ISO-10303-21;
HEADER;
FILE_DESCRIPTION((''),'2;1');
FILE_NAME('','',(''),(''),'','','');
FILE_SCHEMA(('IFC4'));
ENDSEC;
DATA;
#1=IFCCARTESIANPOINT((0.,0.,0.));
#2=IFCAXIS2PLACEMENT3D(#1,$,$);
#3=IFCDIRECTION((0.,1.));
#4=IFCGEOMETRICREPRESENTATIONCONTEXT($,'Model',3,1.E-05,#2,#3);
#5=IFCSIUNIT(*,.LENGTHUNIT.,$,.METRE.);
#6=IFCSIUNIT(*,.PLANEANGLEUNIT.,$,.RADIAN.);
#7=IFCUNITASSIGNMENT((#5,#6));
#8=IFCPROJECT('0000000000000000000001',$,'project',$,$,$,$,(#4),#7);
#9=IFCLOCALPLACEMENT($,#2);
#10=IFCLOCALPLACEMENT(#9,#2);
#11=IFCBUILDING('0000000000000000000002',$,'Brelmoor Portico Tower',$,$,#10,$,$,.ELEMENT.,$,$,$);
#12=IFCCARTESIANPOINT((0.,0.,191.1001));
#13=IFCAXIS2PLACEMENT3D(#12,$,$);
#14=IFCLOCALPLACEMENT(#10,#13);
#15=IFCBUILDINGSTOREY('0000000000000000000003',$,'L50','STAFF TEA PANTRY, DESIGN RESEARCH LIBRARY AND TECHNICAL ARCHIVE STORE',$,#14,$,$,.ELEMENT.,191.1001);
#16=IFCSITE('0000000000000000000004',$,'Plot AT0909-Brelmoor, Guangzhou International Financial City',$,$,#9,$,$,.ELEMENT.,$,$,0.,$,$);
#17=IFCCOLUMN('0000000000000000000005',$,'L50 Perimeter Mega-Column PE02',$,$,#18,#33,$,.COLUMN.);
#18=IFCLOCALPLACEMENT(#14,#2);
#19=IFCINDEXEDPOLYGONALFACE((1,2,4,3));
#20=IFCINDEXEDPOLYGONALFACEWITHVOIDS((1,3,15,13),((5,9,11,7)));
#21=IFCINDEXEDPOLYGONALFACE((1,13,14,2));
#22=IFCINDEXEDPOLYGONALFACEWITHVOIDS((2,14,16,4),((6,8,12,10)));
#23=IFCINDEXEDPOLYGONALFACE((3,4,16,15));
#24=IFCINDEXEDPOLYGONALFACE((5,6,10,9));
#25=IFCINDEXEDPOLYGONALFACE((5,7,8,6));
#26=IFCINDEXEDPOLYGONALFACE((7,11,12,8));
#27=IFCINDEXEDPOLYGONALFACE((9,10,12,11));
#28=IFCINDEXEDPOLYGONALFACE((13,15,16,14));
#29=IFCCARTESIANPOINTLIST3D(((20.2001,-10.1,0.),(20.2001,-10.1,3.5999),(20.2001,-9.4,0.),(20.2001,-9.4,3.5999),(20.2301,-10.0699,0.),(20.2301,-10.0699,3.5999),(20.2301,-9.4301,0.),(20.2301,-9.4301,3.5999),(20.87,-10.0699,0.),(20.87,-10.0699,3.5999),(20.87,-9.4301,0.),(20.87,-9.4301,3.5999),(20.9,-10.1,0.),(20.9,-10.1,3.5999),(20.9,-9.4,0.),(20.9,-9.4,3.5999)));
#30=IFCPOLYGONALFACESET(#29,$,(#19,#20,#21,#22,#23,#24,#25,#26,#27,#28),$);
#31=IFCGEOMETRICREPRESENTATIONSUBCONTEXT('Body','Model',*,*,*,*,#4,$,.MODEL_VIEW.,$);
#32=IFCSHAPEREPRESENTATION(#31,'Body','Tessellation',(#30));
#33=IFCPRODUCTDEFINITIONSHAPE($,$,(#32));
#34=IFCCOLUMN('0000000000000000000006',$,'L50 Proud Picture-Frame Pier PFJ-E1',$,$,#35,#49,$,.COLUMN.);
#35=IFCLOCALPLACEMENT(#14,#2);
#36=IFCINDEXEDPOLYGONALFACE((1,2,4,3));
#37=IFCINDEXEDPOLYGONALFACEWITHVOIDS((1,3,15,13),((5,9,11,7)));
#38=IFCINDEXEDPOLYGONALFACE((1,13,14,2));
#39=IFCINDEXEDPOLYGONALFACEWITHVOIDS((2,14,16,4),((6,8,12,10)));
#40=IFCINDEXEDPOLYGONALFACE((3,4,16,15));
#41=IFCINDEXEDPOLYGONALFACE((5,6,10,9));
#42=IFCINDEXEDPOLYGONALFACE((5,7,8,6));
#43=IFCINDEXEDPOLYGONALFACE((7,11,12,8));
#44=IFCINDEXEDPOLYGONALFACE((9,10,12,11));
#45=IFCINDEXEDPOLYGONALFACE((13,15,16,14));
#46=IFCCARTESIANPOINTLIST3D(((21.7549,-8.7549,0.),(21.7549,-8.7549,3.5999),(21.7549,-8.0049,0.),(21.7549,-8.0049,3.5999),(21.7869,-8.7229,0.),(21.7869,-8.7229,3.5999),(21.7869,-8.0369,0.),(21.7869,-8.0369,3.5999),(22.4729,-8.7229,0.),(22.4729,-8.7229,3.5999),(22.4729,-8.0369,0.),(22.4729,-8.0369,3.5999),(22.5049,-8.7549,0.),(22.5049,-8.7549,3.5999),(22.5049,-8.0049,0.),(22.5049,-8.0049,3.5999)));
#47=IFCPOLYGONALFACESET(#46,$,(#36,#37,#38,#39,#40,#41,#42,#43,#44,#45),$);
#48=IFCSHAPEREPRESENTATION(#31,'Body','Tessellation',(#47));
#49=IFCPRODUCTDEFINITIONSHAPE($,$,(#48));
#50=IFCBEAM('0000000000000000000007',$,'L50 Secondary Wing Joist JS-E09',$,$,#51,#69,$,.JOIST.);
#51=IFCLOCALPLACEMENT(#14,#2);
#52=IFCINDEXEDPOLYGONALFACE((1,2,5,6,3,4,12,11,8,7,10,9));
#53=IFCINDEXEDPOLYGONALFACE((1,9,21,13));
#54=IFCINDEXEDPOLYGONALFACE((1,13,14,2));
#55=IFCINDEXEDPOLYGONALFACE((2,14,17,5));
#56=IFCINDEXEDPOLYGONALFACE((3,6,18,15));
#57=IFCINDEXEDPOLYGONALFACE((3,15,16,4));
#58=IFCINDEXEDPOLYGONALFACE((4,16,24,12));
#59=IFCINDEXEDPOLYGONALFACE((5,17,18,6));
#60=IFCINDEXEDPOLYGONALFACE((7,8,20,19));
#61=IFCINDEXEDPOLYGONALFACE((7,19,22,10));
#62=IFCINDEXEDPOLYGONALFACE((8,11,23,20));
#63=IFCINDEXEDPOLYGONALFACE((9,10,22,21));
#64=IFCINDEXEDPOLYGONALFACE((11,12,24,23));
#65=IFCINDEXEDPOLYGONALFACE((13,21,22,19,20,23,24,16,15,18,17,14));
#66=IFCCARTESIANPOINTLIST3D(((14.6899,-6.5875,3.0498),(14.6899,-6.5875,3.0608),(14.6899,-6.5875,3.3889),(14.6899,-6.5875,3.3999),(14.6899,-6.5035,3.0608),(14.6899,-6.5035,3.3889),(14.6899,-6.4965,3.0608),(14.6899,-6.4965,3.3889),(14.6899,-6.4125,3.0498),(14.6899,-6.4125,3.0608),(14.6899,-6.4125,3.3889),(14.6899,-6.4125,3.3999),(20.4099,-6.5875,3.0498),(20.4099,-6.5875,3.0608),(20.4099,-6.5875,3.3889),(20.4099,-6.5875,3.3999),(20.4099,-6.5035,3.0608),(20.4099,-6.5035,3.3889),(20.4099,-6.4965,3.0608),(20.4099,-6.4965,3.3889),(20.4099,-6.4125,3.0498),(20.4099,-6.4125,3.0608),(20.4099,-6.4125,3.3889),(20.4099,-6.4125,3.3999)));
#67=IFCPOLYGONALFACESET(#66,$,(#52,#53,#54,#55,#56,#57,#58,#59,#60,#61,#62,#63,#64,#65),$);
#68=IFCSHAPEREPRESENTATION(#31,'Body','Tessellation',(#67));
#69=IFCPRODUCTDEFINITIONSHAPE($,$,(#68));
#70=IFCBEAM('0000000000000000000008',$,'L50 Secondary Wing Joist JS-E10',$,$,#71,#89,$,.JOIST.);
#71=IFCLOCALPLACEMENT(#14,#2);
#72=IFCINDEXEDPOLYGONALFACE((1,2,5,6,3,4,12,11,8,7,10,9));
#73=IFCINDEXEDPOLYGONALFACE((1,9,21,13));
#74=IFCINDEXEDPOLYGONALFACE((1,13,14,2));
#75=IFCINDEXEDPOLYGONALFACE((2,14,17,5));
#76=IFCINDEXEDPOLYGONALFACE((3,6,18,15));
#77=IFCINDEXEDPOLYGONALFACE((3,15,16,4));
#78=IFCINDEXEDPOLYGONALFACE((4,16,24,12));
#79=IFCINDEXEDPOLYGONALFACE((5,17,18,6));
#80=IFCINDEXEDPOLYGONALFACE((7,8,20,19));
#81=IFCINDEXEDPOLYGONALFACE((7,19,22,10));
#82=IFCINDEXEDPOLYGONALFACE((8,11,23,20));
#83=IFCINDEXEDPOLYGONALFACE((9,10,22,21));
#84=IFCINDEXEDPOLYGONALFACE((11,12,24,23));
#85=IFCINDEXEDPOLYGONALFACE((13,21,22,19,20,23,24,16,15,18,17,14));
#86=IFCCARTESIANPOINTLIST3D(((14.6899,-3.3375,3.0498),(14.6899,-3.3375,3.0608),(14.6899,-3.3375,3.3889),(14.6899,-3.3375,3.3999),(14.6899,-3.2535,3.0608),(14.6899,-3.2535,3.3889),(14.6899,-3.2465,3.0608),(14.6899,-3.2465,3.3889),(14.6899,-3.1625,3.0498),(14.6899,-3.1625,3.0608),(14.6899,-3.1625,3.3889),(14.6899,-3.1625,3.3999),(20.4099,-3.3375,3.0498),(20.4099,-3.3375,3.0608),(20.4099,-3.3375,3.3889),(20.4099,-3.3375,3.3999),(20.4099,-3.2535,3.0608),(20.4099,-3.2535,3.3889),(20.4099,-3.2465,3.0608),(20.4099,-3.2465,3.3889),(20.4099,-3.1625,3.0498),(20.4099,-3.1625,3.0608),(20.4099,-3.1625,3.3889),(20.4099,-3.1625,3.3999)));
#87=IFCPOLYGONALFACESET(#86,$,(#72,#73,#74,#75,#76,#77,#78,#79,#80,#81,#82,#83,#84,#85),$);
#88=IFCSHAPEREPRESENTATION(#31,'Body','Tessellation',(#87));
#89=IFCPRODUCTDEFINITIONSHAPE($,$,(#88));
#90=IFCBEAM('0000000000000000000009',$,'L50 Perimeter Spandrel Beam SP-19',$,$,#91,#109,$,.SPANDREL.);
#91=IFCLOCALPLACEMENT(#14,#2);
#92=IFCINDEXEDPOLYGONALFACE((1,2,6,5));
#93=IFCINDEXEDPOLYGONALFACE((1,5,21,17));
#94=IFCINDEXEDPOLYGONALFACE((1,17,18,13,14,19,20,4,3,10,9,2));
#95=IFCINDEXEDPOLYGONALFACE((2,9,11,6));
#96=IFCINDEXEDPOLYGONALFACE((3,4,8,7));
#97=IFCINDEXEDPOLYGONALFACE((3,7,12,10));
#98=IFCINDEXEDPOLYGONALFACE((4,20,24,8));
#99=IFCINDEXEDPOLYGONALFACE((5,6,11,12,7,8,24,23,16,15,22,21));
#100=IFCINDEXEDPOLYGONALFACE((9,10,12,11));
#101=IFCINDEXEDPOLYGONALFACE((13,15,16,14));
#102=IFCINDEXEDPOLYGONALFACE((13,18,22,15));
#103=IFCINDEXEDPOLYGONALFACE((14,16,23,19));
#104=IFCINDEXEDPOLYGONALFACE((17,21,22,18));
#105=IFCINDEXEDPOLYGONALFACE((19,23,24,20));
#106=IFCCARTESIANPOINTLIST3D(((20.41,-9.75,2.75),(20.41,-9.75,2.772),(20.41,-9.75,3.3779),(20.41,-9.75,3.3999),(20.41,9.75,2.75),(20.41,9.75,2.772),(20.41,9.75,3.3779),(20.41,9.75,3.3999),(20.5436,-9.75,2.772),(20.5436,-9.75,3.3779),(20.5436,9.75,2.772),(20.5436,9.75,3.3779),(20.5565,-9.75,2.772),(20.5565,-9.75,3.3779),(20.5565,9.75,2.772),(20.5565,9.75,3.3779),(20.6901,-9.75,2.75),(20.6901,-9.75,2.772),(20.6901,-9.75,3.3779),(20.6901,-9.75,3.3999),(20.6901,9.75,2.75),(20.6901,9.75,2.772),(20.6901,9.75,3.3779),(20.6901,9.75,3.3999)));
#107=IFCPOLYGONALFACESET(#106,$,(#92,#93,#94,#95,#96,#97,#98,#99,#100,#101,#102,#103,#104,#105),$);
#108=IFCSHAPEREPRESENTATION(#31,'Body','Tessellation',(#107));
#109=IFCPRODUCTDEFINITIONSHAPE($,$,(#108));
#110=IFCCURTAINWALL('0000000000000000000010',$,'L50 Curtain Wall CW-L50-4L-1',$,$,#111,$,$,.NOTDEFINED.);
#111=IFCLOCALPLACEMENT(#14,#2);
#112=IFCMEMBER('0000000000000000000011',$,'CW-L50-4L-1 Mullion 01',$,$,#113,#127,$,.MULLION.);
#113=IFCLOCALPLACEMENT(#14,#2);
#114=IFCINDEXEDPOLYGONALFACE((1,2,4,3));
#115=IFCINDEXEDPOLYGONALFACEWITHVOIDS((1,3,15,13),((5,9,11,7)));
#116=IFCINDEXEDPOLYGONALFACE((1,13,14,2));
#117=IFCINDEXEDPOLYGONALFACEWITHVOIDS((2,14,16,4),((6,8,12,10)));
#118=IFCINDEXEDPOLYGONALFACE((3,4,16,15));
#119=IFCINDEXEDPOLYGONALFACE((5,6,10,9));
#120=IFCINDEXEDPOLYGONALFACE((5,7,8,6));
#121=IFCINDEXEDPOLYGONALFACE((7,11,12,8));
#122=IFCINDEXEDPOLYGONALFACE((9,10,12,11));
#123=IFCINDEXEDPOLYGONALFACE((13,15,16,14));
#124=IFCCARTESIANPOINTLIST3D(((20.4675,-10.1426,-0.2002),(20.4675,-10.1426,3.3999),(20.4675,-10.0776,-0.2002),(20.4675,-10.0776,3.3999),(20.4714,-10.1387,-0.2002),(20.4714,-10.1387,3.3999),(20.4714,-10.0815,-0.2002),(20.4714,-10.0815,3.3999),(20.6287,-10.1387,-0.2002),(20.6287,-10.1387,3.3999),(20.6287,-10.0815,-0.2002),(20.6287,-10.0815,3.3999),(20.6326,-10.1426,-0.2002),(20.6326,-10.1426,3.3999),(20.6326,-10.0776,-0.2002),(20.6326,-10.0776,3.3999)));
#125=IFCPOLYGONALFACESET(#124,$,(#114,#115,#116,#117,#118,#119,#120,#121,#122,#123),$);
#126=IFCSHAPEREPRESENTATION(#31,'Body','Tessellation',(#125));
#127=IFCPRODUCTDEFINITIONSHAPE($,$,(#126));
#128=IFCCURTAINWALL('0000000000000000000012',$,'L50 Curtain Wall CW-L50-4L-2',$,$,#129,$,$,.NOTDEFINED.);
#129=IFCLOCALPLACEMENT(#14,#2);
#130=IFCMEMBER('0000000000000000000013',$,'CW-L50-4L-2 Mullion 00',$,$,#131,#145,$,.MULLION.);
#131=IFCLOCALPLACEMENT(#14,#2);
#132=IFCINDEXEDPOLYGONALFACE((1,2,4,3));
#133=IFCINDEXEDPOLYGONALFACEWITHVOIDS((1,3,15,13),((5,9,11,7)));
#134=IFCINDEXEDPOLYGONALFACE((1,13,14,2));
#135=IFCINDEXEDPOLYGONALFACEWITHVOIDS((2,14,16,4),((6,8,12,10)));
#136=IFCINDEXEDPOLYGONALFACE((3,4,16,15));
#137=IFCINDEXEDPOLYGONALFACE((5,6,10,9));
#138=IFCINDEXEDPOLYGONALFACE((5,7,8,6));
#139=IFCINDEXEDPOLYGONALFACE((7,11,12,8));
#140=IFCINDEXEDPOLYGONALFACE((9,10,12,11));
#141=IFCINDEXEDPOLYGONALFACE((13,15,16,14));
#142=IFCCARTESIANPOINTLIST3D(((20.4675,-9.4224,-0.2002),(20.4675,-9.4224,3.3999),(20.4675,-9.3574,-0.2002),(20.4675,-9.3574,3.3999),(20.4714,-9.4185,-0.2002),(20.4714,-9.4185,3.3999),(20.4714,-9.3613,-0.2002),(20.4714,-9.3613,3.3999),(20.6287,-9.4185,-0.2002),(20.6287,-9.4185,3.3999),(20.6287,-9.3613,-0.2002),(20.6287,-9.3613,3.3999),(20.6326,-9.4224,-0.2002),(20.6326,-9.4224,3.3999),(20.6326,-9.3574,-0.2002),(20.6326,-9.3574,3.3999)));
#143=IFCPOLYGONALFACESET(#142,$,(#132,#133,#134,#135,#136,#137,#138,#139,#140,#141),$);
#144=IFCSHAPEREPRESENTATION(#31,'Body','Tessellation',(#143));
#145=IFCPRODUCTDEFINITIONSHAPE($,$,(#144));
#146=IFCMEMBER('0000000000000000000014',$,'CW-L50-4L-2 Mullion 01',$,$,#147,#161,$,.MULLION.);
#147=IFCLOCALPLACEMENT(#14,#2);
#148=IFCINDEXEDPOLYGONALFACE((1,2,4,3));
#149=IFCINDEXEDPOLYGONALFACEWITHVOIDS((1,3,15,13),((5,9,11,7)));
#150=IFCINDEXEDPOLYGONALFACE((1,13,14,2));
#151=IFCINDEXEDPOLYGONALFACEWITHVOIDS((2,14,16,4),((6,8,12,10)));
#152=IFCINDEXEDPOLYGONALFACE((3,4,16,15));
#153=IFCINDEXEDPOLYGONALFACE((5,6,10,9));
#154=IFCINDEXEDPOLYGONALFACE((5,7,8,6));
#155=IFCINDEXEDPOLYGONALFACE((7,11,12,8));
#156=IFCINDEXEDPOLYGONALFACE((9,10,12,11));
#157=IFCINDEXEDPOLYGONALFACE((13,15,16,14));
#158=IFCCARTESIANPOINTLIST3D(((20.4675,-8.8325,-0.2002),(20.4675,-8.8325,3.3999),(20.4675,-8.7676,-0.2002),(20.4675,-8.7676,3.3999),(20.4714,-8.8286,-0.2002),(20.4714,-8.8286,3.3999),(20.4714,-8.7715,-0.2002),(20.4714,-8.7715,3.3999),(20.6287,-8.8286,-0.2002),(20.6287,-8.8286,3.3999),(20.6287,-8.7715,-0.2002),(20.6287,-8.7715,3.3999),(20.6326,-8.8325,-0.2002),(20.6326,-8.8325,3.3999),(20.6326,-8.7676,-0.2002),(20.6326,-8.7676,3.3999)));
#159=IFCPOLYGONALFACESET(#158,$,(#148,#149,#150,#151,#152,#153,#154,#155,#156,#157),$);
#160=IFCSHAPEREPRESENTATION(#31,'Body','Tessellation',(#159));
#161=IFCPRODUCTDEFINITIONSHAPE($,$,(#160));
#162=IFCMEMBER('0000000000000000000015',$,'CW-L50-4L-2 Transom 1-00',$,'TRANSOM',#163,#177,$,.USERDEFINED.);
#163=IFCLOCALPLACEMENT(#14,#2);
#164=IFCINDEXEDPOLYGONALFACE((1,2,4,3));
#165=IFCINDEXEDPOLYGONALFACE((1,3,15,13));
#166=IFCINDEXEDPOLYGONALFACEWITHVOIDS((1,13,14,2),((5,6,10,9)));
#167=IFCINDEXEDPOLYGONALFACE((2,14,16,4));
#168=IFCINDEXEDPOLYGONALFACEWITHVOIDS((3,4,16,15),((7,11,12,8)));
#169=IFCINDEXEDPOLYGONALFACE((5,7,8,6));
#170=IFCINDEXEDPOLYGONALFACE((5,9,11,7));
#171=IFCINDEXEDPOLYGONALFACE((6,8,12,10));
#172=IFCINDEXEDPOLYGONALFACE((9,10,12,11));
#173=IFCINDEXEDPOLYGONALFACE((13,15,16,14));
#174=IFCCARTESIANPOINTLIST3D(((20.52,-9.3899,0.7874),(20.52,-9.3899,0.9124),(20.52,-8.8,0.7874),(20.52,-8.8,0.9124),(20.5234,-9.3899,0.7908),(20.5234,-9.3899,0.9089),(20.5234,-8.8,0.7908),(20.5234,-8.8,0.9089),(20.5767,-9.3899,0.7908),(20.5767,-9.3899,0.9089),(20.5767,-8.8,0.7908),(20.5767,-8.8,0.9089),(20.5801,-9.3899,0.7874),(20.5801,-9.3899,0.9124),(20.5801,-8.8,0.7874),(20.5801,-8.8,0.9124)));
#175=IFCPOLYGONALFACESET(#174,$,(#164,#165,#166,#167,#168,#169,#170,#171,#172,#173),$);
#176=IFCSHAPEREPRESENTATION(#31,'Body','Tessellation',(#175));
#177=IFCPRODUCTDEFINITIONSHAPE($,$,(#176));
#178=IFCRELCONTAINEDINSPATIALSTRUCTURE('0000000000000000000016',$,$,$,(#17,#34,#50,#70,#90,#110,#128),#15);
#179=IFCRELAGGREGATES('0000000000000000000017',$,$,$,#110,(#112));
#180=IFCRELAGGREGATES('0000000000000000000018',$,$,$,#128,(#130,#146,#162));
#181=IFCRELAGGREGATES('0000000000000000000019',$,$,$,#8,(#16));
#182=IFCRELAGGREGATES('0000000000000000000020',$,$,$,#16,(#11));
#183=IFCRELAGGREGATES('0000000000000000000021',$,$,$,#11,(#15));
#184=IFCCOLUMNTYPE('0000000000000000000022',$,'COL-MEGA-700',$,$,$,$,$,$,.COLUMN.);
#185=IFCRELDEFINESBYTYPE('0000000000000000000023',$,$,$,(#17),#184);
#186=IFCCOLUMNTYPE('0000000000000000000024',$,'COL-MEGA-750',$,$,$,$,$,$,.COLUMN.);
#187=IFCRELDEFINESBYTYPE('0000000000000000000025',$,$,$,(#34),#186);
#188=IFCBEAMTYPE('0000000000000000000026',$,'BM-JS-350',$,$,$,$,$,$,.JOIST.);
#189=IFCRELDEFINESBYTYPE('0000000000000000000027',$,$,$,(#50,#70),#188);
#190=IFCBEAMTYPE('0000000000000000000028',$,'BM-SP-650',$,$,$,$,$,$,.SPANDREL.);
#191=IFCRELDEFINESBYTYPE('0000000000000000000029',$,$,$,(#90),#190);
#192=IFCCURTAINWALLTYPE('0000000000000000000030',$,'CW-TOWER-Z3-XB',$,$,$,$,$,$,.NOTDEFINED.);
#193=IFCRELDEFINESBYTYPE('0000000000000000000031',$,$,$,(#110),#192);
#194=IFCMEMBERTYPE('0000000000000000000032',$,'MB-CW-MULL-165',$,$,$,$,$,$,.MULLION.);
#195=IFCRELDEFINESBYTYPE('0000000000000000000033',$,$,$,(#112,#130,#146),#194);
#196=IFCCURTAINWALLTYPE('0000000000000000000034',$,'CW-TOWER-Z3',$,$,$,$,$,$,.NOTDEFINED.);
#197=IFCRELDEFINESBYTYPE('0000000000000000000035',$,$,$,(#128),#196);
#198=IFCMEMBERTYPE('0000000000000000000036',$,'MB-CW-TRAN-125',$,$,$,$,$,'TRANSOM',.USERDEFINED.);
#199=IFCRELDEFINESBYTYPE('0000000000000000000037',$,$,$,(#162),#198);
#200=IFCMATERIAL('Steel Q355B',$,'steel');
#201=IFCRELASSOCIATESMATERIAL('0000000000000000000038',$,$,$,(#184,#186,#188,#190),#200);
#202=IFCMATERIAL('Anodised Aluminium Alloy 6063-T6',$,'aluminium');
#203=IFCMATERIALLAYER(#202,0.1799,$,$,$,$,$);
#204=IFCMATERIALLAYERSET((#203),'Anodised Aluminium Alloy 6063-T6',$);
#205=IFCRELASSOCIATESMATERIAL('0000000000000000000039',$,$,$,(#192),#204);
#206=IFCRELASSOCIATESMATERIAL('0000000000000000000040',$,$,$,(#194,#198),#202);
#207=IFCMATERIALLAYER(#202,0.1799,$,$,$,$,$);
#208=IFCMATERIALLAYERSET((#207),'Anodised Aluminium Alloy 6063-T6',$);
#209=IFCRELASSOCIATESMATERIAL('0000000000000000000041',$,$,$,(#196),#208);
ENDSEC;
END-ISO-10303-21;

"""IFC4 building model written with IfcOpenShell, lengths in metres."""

from ifc_helpers import new_model, si_unit, direction, frame, origin, origin_2d, place, context, subcontext, project, spatial, hollow_rectangle, i_section, extrude, material, layer, layer_set, material_profile, profile_set, type_object, element, aggregate, save


model = new_model("IFC4")

# Units and contexts
model_context = context("Model", 3, precision=1e-05, world=origin(), true_north=direction((0.0, 1.0)))
body_context = subcontext(model_context, "Body", "Model", "MODEL_VIEW")
ifc_project = project(units=[si_unit("LENGTHUNIT", "METRE"), si_unit("PLANEANGLEUNIT", "RADIAN")], contexts=[model_context])

# Site, building, storey
site_placement = place(None, origin())
site = spatial("IfcSite", under=ifc_project, at=site_placement, Name="Plot AT0909-Brelmoor, Guangzhou International Financial City", CompositionType="ELEMENT", RefElevation=0.0)
building_placement = place(site_placement, origin())
building = spatial("IfcBuilding", under=site, at=building_placement, Name="Brelmoor Portico Tower", CompositionType="ELEMENT")
storey_placement = place(building_placement, frame((0.0, 0.0, 191.1001)))
storey = spatial("IfcBuildingStorey", under=building, at=storey_placement, Name="L50", Description="STAFF TEA PANTRY, DESIGN RESEARCH LIBRARY AND TECHNICAL ARCHIVE STORE", CompositionType="ELEMENT", Elevation=191.1001)

# Columns
ifc_material_1 = material(Name="Steel Q355B", Category="steel")
ifc_material_profile_1 = material_profile(ifc_material_1, hollow_rectangle(XDim=0.7, YDim=0.7, WallThickness=0.03, at=origin_2d()), Name="BOX 700x700x30")
ifc_profile_set_1 = profile_set([ifc_material_profile_1], Name="Steel Q355B")
column_type_1 = type_object("IfcColumnType", Name="COL-MEGA-700", PredefinedType="COLUMN", material=ifc_profile_set_1)
column_1_placement = place(storey_placement, frame((20.55, -9.75, 0.0), z_axis=(0.0, 0.0, 1.0), x_axis=(0.0, 1.0, 0.0)))
element("IfcColumn", 1, at=column_1_placement, inside=storey, type_object=column_type_1, Name="L50 Perimeter Mega-Column PE02", PredefinedType="COLUMN", context=body_context, shape_type="SweptSolid", body=[
    extrude(hollow_rectangle(XDim=0.7, YDim=0.7, WallThickness=0.03, at=origin_2d()), origin(), (0.0, 0.0, 1.0), 3.5999),
])
ifc_material_profile_2 = material_profile(ifc_material_1, hollow_rectangle(XDim=0.75, YDim=0.75, WallThickness=0.032, at=origin_2d()), Name="BOX 750x750x32")
ifc_profile_set_2 = profile_set([ifc_material_profile_2], Name="Steel Q355B")
column_type_2 = type_object("IfcColumnType", Name="COL-MEGA-750", PredefinedType="COLUMN", material=ifc_profile_set_2)
column_2_placement = place(storey_placement, frame((22.1299, -8.3799, 0.0), z_axis=(0.0, 0.0, 1.0), x_axis=(0.0, 1.0, 0.0)))
element("IfcColumn", 2, at=column_2_placement, inside=storey, type_object=column_type_2, Name="L50 Proud Picture-Frame Pier PFJ-E1", PredefinedType="COLUMN", context=body_context, shape_type="SweptSolid", body=[
    extrude(hollow_rectangle(XDim=0.75, YDim=0.75, WallThickness=0.032, at=origin_2d()), origin(), (0.0, 0.0, 1.0), 3.5999),
])

# Beams
ifc_material_profile_3 = material_profile(ifc_material_1, i_section(OverallWidth=0.175, OverallDepth=0.3501, WebThickness=0.0071, FlangeThickness=0.011, at=origin_2d()), Name="HN 350x175x7x11")
ifc_profile_set_3 = profile_set([ifc_material_profile_3], Name="Steel Q355B")
beam_type_1 = type_object("IfcBeamType", Name="BM-JS-350", PredefinedType="JOIST", material=ifc_profile_set_3)
for number, where, z_axis, x_axis, name in (
    (3, (14.6899, -6.5, 3.2249), (1.0, 0.0, 0.0), (0.0, 1.0, 0.0), "L50 Secondary Wing Joist JS-E09"),
    (4, (14.6899, -3.25, 3.2249), (1.0, 0.0, 0.0), (0.0, 1.0, 0.0), "L50 Secondary Wing Joist JS-E10"),
):
    element("IfcBeam", number, at=place(storey_placement, frame(where, z_axis=z_axis, x_axis=x_axis)), inside=storey, type_object=beam_type_1, Name=name, PredefinedType="JOIST", context=body_context, shape_type="SweptSolid", body=[
        extrude(i_section(OverallWidth=0.175, OverallDepth=0.3501, WebThickness=0.0071, FlangeThickness=0.011, at=origin_2d()), origin(), (0.0, 0.0, 1.0), 5.72),
    ])
ifc_material_profile_4 = material_profile(ifc_material_1, i_section(OverallWidth=0.28, OverallDepth=0.6499, WebThickness=0.0129, FlangeThickness=0.022, at=origin_2d()), Name="HN 650x280x13x22")
ifc_profile_set_4 = profile_set([ifc_material_profile_4], Name="Steel Q355B")
beam_type_2 = type_object("IfcBeamType", Name="BM-SP-650", PredefinedType="SPANDREL", material=ifc_profile_set_4)
beam_placement = place(storey_placement, frame((20.55, -9.75, 3.075), z_axis=(0.0, 1.0, 0.0), x_axis=(-1.0, 0.0, 0.0)))
element("IfcBeam", 5, at=beam_placement, inside=storey, type_object=beam_type_2, Name="L50 Perimeter Spandrel Beam SP-19", PredefinedType="SPANDREL", context=body_context, shape_type="SweptSolid", body=[
    extrude(i_section(OverallWidth=0.28, OverallDepth=0.6499, WebThickness=0.0129, FlangeThickness=0.022, at=origin_2d()), origin(), (0.0, 0.0, 1.0), 19.5),
])

# Curtain wall, member
ifc_material_2 = material(Name="Anodised Aluminium Alloy 6063-T6", Category="aluminium")
ifc_layer_1 = layer(ifc_material_2, 0.1799)
ifc_layer_set_1 = layer_set([ifc_layer_1], Name="Anodised Aluminium Alloy 6063-T6")
curtain_wall_type_1 = type_object("IfcCurtainWallType", Name="CW-TOWER-Z3-XB", PredefinedType="NOTDEFINED", material=ifc_layer_set_1)
curtain_wall_1_placement = place(storey_placement, origin())
curtain_wall_1 = element("IfcCurtainWall", 6, at=curtain_wall_1_placement, inside=storey, type_object=curtain_wall_type_1, Name="L50 Curtain Wall CW-L50-4L-1", PredefinedType="NOTDEFINED")
ifc_material_profile_5 = material_profile(ifc_material_2, hollow_rectangle(XDim=0.0649, YDim=0.165, WallThickness=0.0039, at=origin_2d()), Name="ALU MULLION 65x165")
ifc_profile_set_5 = profile_set([ifc_material_profile_5], Name="Anodised Aluminium Alloy 6063-T6")
member_type_1 = type_object("IfcMemberType", Name="MB-CW-MULL-165", PredefinedType="MULLION", material=ifc_profile_set_5)
member_1_placement = place(storey_placement, frame((20.55, -10.1101, -0.2002), z_axis=(0.0, 0.0, 1.0), x_axis=(0.0, 1.0, 0.0)))
member_1 = element("IfcMember", 7, at=member_1_placement, type_object=member_type_1, Name="CW-L50-4L-1 Mullion 01", PredefinedType="MULLION", context=body_context, shape_type="SweptSolid", body=[
    extrude(hollow_rectangle(XDim=0.0649, YDim=0.165, WallThickness=0.0039, at=origin_2d()), origin(), (0.0, 0.0, 1.0), 3.6001),
])
aggregate(curtain_wall_1, [member_1])

# Curtain wall, members
ifc_layer_2 = layer(ifc_material_2, 0.1799)
ifc_layer_set_2 = layer_set([ifc_layer_2], Name="Anodised Aluminium Alloy 6063-T6")
curtain_wall_type_2 = type_object("IfcCurtainWallType", Name="CW-TOWER-Z3", PredefinedType="NOTDEFINED", material=ifc_layer_set_2)
curtain_wall_2_placement = place(storey_placement, origin())
curtain_wall_2 = element("IfcCurtainWall", 8, at=curtain_wall_2_placement, inside=storey, type_object=curtain_wall_type_2, Name="L50 Curtain Wall CW-L50-4L-2", PredefinedType="NOTDEFINED")
member_2_placement = place(storey_placement, frame((20.55, -9.3899, -0.2002), z_axis=(0.0, 0.0, 1.0), x_axis=(0.0, 1.0, 0.0)))
member_2 = element("IfcMember", 9, at=member_2_placement, type_object=member_type_1, Name="CW-L50-4L-2 Mullion 00", PredefinedType="MULLION", context=body_context, shape_type="SweptSolid", body=[
    extrude(hollow_rectangle(XDim=0.0649, YDim=0.165, WallThickness=0.0039, at=origin_2d()), origin(), (0.0, 0.0, 1.0), 3.6001),
])
member_3_placement = place(storey_placement, frame((20.55, -8.8, -0.2002), z_axis=(0.0, 0.0, 1.0), x_axis=(0.0, 1.0, 0.0)))
member_3 = element("IfcMember", 10, at=member_3_placement, type_object=member_type_1, Name="CW-L50-4L-2 Mullion 01", PredefinedType="MULLION", context=body_context, shape_type="SweptSolid", body=[
    extrude(hollow_rectangle(XDim=0.0649, YDim=0.165, WallThickness=0.0039, at=origin_2d()), origin(), (0.0, 0.0, 1.0), 3.6001),
])
ifc_material_profile_6 = material_profile(ifc_material_2, hollow_rectangle(XDim=0.0601, YDim=0.125, WallThickness=0.0034, at=origin_2d()), Name="ALU TRANSOM 60x125")
ifc_profile_set_6 = profile_set([ifc_material_profile_6], Name="Anodised Aluminium Alloy 6063-T6")
member_type_2 = type_object("IfcMemberType", Name="MB-CW-TRAN-125", ElementType="TRANSOM", PredefinedType="USERDEFINED", material=ifc_profile_set_6)
member_4_placement = place(storey_placement, frame((20.55, -9.3899, 0.8499), z_axis=(0.0, 1.0, 0.0), x_axis=(-1.0, 0.0, 0.0)))
member_4 = element("IfcMember", 11, at=member_4_placement, type_object=member_type_2, Name="CW-L50-4L-2 Transom 1-00", ObjectType="TRANSOM", PredefinedType="USERDEFINED", context=body_context, shape_type="SweptSolid", body=[
    extrude(hollow_rectangle(XDim=0.0601, YDim=0.125, WallThickness=0.0034, at=origin_2d()), origin(), (0.0, 0.0, 1.0), 0.5898),
])

aggregate(curtain_wall_2, [member_2, member_3, member_4])

save(model, "model.ifc")
